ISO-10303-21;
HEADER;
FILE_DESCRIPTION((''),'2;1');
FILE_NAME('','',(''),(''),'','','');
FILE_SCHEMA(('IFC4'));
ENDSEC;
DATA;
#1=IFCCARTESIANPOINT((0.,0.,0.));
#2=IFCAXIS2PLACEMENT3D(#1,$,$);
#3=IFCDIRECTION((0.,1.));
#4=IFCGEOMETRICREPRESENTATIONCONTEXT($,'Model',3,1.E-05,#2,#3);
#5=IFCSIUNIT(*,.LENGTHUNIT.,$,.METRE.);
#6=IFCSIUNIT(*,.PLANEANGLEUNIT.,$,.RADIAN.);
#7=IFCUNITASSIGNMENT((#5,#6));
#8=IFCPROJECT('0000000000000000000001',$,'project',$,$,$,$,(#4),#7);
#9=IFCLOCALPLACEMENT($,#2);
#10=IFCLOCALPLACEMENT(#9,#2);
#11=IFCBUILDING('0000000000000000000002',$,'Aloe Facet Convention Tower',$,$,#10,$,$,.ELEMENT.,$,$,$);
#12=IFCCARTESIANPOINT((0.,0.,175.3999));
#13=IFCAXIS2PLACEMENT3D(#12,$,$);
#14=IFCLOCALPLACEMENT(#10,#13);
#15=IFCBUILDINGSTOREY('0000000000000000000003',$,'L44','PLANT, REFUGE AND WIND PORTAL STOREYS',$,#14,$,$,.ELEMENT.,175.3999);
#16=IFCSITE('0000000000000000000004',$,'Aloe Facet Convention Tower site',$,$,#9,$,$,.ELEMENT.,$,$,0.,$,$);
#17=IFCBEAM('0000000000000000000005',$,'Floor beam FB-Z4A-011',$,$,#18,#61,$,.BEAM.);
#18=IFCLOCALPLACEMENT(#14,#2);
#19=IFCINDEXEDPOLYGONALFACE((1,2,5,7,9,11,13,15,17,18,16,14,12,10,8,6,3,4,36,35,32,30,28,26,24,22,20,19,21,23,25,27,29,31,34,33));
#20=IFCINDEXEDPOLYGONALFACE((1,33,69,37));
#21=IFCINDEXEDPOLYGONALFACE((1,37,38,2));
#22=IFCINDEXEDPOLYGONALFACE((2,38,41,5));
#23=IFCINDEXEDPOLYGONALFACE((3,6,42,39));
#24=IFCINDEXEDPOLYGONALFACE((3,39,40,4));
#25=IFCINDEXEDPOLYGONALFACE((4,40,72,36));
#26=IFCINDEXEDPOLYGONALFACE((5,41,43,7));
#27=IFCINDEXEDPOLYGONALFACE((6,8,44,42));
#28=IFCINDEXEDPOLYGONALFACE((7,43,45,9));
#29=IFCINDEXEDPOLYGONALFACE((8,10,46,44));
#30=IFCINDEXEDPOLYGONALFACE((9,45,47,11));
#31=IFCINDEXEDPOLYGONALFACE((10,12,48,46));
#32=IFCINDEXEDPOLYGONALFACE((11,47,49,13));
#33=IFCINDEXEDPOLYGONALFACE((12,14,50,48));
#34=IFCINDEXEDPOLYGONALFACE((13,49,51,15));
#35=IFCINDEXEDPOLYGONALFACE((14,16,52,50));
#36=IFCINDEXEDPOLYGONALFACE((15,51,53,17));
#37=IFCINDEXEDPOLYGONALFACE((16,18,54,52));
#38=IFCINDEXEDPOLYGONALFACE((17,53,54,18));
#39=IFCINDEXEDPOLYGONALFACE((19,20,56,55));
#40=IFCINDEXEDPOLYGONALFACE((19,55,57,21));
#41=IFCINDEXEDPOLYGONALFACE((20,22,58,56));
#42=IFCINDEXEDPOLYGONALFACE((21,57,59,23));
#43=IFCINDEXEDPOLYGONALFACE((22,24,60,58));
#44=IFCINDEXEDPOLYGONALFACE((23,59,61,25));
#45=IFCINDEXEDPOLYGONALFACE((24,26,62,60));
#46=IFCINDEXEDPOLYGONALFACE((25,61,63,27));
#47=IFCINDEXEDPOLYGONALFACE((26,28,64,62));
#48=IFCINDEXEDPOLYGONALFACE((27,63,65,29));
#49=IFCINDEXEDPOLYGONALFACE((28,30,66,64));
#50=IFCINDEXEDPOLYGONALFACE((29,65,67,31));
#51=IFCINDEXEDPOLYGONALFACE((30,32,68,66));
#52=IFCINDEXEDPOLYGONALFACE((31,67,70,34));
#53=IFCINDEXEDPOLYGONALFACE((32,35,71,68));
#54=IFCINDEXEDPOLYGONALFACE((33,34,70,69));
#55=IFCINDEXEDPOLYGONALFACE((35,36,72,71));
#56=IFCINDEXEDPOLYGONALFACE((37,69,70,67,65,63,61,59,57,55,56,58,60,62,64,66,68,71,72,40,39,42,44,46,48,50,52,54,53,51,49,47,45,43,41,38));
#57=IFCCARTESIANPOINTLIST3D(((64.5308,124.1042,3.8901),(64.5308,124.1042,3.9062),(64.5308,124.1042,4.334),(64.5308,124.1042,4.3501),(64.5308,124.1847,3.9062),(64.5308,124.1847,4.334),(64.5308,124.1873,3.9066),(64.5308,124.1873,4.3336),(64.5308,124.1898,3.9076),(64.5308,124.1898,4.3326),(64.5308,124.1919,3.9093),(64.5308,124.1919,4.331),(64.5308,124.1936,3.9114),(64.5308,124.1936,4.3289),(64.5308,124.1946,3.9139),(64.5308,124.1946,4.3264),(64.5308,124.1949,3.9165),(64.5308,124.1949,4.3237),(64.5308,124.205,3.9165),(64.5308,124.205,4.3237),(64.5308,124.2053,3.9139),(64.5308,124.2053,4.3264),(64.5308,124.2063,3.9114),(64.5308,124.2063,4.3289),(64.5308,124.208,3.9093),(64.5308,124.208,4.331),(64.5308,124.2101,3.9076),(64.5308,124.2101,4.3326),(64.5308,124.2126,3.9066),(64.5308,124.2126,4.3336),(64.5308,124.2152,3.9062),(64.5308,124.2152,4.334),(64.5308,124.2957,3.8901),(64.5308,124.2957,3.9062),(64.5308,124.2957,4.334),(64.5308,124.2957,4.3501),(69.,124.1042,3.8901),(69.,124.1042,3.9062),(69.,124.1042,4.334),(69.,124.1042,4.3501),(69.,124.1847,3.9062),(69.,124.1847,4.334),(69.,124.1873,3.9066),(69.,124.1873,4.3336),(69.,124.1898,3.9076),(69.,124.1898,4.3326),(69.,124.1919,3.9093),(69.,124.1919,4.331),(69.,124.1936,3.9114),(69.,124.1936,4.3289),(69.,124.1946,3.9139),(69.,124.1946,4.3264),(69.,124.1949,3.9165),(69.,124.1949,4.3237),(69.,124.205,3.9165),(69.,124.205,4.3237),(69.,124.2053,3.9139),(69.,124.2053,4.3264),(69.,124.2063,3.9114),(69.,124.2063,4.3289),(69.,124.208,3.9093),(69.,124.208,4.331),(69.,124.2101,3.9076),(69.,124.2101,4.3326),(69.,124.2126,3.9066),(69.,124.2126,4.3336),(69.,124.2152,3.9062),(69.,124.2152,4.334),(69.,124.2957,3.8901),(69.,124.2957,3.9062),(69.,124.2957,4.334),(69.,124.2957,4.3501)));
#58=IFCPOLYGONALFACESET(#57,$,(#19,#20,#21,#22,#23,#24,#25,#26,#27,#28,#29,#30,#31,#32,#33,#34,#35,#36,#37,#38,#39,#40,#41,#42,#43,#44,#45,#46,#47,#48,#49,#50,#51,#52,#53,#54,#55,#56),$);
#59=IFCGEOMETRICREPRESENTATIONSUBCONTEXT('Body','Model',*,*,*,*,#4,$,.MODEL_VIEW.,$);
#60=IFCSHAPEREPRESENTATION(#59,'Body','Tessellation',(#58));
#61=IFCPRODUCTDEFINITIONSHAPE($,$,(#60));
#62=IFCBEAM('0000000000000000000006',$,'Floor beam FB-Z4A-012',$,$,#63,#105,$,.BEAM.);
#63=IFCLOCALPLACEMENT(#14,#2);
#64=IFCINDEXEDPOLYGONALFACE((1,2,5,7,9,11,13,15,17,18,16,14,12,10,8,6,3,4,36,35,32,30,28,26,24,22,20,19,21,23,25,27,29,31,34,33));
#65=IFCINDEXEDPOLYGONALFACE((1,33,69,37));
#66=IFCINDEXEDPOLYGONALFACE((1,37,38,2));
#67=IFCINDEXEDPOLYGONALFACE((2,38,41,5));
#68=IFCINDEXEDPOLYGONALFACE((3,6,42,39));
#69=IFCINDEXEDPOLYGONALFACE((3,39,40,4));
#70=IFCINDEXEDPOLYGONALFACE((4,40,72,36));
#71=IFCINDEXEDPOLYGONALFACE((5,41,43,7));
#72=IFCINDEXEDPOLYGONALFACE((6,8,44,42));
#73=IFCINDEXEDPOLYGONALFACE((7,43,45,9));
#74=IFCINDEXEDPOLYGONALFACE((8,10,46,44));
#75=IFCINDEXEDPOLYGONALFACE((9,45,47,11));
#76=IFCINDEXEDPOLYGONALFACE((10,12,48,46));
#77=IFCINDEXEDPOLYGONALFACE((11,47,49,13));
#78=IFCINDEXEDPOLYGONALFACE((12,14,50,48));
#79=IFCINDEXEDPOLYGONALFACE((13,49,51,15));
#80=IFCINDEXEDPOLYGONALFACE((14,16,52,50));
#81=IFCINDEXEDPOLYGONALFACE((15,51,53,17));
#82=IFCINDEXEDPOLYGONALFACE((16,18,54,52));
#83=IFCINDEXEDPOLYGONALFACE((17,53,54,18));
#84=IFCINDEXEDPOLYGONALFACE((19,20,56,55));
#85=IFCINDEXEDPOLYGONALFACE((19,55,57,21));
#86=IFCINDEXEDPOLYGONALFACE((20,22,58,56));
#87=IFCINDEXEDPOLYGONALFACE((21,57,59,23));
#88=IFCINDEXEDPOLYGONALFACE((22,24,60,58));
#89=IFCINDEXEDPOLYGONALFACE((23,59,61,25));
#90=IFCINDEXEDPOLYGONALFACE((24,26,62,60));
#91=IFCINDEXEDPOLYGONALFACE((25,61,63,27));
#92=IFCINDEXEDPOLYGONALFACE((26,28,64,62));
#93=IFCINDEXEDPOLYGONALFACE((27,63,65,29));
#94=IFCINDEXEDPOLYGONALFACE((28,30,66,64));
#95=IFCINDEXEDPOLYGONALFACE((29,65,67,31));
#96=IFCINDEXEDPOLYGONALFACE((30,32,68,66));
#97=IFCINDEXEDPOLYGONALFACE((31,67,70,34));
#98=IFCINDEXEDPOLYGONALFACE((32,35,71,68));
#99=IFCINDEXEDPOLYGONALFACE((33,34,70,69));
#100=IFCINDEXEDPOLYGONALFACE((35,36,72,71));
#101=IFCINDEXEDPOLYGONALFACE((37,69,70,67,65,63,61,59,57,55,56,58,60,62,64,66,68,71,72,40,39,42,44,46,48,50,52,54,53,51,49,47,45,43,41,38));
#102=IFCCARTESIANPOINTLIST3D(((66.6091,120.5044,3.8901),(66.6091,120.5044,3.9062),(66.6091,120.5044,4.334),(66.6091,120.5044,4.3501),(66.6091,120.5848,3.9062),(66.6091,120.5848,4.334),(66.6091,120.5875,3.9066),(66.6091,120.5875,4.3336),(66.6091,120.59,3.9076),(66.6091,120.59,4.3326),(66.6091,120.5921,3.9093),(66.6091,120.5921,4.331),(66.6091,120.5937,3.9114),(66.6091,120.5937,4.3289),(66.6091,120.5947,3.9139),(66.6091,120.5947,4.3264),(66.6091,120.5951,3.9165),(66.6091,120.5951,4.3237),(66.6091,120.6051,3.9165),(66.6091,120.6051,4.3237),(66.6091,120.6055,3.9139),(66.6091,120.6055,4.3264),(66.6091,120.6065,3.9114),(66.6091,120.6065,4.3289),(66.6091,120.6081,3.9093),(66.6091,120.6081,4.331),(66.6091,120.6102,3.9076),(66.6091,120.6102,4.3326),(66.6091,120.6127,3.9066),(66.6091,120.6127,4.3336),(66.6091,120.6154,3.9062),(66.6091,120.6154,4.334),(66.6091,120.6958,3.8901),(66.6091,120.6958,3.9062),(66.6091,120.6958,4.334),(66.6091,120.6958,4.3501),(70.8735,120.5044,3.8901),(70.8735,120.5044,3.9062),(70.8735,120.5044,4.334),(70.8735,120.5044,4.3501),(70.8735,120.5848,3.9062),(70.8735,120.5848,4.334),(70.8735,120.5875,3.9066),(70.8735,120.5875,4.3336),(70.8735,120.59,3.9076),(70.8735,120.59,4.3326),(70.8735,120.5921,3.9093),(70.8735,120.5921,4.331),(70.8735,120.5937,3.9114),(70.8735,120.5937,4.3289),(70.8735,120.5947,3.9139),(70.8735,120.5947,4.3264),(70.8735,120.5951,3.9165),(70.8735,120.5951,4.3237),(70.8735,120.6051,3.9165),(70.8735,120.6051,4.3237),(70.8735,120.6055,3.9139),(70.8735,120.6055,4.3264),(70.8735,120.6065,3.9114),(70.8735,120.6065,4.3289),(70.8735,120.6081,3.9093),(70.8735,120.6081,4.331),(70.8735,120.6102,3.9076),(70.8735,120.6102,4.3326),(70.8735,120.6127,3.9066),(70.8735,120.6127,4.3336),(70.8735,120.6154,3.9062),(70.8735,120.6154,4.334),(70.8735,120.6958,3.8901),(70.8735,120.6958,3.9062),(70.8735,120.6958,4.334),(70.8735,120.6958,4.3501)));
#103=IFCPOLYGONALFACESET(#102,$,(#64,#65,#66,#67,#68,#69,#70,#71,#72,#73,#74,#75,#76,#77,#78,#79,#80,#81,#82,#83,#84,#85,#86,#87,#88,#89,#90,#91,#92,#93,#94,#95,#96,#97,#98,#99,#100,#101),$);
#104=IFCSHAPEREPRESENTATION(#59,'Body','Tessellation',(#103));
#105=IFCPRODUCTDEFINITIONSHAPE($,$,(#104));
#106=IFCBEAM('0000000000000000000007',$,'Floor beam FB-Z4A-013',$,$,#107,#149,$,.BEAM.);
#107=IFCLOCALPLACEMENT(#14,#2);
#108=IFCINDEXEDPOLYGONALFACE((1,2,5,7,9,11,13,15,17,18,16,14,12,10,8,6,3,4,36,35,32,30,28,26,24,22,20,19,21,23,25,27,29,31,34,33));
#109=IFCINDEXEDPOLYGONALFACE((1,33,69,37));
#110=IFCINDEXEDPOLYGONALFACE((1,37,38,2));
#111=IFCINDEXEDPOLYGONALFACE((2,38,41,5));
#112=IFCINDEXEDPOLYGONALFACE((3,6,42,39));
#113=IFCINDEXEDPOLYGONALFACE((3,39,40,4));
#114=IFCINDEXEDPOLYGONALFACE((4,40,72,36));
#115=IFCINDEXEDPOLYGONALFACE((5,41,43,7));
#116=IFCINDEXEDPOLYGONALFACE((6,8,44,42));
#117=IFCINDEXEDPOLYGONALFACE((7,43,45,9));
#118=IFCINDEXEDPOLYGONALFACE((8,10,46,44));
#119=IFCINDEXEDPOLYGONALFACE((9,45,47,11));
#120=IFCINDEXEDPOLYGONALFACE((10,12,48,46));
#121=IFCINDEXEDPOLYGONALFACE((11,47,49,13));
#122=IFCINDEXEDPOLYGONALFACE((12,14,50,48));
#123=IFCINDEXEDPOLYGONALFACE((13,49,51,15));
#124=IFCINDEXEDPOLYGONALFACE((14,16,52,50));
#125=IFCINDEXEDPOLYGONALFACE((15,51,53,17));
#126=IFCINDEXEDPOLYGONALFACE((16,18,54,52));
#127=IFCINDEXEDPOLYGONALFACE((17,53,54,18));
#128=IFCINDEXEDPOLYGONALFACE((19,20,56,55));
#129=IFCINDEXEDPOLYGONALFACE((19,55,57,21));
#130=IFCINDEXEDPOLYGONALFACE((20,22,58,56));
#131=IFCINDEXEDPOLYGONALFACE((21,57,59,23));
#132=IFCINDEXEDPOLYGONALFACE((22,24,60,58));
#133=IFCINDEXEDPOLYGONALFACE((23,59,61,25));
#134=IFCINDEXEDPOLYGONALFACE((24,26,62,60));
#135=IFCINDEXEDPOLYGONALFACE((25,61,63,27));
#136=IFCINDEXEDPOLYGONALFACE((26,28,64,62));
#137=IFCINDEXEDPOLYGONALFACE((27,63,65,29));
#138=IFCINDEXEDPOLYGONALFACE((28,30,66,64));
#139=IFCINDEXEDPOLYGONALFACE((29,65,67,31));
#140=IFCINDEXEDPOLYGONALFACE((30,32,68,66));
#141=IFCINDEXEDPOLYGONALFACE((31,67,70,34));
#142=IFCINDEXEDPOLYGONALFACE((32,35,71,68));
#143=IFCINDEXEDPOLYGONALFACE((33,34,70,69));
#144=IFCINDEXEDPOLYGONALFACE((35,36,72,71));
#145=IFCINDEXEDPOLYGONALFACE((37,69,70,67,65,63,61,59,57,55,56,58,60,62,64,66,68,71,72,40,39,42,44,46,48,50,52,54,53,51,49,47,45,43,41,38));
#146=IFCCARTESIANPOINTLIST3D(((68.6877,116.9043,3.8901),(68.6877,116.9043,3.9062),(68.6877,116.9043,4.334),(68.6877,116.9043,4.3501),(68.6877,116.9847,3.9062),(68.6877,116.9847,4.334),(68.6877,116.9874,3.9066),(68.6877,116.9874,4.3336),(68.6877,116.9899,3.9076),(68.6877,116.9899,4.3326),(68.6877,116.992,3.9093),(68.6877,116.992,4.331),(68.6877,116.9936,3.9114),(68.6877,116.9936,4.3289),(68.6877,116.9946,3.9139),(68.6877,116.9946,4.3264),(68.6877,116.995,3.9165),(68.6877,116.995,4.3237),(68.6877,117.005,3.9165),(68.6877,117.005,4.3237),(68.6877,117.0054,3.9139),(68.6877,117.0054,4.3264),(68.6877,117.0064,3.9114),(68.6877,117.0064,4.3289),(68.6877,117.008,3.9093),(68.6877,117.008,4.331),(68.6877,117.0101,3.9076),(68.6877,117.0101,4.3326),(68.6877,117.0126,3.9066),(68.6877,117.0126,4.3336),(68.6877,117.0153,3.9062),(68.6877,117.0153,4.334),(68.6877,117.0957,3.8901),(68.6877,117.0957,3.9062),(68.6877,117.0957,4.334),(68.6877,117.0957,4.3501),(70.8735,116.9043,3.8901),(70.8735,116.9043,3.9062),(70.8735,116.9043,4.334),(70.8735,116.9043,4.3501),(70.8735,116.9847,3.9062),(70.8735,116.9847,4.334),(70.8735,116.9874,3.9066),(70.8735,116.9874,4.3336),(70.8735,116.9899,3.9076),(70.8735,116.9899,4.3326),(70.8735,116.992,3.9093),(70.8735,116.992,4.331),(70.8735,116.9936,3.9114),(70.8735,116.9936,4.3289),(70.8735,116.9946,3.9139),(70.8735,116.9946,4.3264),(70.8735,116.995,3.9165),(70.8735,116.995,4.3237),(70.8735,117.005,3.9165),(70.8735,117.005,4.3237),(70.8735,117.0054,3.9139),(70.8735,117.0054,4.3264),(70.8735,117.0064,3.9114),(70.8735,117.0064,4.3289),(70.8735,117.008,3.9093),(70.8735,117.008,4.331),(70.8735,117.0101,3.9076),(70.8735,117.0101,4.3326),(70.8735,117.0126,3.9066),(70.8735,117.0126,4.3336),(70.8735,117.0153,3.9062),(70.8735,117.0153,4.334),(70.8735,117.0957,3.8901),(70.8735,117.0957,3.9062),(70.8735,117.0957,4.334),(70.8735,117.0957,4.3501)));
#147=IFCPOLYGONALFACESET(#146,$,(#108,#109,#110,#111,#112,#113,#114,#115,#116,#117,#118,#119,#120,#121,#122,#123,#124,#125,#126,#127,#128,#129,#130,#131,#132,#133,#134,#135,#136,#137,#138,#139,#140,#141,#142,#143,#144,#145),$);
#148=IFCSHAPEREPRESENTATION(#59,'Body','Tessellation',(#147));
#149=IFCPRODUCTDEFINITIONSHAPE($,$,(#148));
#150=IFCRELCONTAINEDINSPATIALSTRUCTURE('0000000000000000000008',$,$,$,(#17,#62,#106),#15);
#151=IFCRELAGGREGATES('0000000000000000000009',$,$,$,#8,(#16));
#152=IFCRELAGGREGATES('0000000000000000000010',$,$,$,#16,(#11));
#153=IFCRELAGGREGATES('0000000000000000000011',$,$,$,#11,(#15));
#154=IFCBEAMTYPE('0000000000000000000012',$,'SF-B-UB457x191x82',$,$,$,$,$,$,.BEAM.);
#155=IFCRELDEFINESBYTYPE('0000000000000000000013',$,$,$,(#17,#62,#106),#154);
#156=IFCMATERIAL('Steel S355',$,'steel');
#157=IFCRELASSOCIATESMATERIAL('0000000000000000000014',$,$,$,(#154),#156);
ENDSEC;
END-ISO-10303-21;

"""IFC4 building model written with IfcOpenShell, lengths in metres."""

from ifc_helpers import new_model, si_unit, direction, frame, origin, origin_2d, place, context, subcontext, project, spatial, i_section, extrude, material, material_profile, profile_set, type_object, element, save


model = new_model("IFC4")

# Units and contexts
model_context = context("Model", 3, precision=1e-05, world=origin(), true_north=direction((0.0, 1.0)))
body_context = subcontext(model_context, "Body", "Model", "MODEL_VIEW")
ifc_project = project(units=[si_unit("LENGTHUNIT", "METRE"), si_unit("PLANEANGLEUNIT", "RADIAN")], contexts=[model_context])

# Site, building, storey
site_placement = place(None, origin())
site = spatial("IfcSite", under=ifc_project, at=site_placement, Name="Aloe Facet Convention Tower site", CompositionType="ELEMENT", RefElevation=0.0)
building_placement = place(site_placement, origin())
building = spatial("IfcBuilding", under=site, at=building_placement, Name="Aloe Facet Convention Tower", CompositionType="ELEMENT")
storey_placement = place(building_placement, frame((0.0, 0.0, 175.3999)))
storey = spatial("IfcBuildingStorey", under=building, at=storey_placement, Name="L44", Description="PLANT, REFUGE AND WIND PORTAL STOREYS", CompositionType="ELEMENT", Elevation=175.3999)

# Beams
ifc_material_1 = material(Name="Steel S355", Category="steel")
ifc_material_profile_1 = material_profile(ifc_material_1, i_section(OverallWidth=0.1914, OverallDepth=0.46, WebThickness=0.01, FlangeThickness=0.0161, FilletRadius=0.0103, at=origin_2d()), Name="UB 457x191x82")
ifc_profile_set_1 = profile_set([ifc_material_profile_1], Name="Steel S355")
beam_type = type_object("IfcBeamType", Name="SF-B-UB457x191x82", PredefinedType="BEAM", material=ifc_profile_set_1)
beam_1_placement = place(storey_placement, frame((64.5308, 124.2, 4.1201), z_axis=(1.0, 0.0, 0.0), x_axis=(0.0, 1.0, 0.0)))
element("IfcBeam", 1, at=beam_1_placement, inside=storey, type_object=beam_type, Name="Floor beam FB-Z4A-011", PredefinedType="BEAM", context=body_context, shape_type="SweptSolid", body=[
    extrude(i_section(OverallWidth=0.1914, OverallDepth=0.46, WebThickness=0.01, FlangeThickness=0.0161, FilletRadius=0.0103, at=origin_2d()), origin(), (0.0, 0.0, 1.0), 4.4692),
])
beam_2_placement = place(storey_placement, frame((66.6091, 120.6001, 4.1201), z_axis=(1.0, 0.0, 0.0), x_axis=(0.0, 1.0, 0.0)))
element("IfcBeam", 2, at=beam_2_placement, inside=storey, type_object=beam_type, Name="Floor beam FB-Z4A-012", PredefinedType="BEAM", context=body_context, shape_type="SweptSolid", body=[
    extrude(i_section(OverallWidth=0.1914, OverallDepth=0.46, WebThickness=0.01, FlangeThickness=0.0161, FilletRadius=0.0103, at=origin_2d()), origin(), (0.0, 0.0, 1.0), 4.2644),
])
beam_3_placement = place(storey_placement, frame((68.6877, 117.0, 4.1201), z_axis=(1.0, 0.0, 0.0), x_axis=(0.0, 1.0, 0.0)))
element("IfcBeam", 3, at=beam_3_placement, inside=storey, type_object=beam_type, Name="Floor beam FB-Z4A-013", PredefinedType="BEAM", context=body_context, shape_type="SweptSolid", body=[
    extrude(i_section(OverallWidth=0.1914, OverallDepth=0.46, WebThickness=0.01, FlangeThickness=0.0161, FilletRadius=0.0103, at=origin_2d()), origin(), (0.0, 0.0, 1.0), 2.1858),
])

save(model, "model.ifc")
